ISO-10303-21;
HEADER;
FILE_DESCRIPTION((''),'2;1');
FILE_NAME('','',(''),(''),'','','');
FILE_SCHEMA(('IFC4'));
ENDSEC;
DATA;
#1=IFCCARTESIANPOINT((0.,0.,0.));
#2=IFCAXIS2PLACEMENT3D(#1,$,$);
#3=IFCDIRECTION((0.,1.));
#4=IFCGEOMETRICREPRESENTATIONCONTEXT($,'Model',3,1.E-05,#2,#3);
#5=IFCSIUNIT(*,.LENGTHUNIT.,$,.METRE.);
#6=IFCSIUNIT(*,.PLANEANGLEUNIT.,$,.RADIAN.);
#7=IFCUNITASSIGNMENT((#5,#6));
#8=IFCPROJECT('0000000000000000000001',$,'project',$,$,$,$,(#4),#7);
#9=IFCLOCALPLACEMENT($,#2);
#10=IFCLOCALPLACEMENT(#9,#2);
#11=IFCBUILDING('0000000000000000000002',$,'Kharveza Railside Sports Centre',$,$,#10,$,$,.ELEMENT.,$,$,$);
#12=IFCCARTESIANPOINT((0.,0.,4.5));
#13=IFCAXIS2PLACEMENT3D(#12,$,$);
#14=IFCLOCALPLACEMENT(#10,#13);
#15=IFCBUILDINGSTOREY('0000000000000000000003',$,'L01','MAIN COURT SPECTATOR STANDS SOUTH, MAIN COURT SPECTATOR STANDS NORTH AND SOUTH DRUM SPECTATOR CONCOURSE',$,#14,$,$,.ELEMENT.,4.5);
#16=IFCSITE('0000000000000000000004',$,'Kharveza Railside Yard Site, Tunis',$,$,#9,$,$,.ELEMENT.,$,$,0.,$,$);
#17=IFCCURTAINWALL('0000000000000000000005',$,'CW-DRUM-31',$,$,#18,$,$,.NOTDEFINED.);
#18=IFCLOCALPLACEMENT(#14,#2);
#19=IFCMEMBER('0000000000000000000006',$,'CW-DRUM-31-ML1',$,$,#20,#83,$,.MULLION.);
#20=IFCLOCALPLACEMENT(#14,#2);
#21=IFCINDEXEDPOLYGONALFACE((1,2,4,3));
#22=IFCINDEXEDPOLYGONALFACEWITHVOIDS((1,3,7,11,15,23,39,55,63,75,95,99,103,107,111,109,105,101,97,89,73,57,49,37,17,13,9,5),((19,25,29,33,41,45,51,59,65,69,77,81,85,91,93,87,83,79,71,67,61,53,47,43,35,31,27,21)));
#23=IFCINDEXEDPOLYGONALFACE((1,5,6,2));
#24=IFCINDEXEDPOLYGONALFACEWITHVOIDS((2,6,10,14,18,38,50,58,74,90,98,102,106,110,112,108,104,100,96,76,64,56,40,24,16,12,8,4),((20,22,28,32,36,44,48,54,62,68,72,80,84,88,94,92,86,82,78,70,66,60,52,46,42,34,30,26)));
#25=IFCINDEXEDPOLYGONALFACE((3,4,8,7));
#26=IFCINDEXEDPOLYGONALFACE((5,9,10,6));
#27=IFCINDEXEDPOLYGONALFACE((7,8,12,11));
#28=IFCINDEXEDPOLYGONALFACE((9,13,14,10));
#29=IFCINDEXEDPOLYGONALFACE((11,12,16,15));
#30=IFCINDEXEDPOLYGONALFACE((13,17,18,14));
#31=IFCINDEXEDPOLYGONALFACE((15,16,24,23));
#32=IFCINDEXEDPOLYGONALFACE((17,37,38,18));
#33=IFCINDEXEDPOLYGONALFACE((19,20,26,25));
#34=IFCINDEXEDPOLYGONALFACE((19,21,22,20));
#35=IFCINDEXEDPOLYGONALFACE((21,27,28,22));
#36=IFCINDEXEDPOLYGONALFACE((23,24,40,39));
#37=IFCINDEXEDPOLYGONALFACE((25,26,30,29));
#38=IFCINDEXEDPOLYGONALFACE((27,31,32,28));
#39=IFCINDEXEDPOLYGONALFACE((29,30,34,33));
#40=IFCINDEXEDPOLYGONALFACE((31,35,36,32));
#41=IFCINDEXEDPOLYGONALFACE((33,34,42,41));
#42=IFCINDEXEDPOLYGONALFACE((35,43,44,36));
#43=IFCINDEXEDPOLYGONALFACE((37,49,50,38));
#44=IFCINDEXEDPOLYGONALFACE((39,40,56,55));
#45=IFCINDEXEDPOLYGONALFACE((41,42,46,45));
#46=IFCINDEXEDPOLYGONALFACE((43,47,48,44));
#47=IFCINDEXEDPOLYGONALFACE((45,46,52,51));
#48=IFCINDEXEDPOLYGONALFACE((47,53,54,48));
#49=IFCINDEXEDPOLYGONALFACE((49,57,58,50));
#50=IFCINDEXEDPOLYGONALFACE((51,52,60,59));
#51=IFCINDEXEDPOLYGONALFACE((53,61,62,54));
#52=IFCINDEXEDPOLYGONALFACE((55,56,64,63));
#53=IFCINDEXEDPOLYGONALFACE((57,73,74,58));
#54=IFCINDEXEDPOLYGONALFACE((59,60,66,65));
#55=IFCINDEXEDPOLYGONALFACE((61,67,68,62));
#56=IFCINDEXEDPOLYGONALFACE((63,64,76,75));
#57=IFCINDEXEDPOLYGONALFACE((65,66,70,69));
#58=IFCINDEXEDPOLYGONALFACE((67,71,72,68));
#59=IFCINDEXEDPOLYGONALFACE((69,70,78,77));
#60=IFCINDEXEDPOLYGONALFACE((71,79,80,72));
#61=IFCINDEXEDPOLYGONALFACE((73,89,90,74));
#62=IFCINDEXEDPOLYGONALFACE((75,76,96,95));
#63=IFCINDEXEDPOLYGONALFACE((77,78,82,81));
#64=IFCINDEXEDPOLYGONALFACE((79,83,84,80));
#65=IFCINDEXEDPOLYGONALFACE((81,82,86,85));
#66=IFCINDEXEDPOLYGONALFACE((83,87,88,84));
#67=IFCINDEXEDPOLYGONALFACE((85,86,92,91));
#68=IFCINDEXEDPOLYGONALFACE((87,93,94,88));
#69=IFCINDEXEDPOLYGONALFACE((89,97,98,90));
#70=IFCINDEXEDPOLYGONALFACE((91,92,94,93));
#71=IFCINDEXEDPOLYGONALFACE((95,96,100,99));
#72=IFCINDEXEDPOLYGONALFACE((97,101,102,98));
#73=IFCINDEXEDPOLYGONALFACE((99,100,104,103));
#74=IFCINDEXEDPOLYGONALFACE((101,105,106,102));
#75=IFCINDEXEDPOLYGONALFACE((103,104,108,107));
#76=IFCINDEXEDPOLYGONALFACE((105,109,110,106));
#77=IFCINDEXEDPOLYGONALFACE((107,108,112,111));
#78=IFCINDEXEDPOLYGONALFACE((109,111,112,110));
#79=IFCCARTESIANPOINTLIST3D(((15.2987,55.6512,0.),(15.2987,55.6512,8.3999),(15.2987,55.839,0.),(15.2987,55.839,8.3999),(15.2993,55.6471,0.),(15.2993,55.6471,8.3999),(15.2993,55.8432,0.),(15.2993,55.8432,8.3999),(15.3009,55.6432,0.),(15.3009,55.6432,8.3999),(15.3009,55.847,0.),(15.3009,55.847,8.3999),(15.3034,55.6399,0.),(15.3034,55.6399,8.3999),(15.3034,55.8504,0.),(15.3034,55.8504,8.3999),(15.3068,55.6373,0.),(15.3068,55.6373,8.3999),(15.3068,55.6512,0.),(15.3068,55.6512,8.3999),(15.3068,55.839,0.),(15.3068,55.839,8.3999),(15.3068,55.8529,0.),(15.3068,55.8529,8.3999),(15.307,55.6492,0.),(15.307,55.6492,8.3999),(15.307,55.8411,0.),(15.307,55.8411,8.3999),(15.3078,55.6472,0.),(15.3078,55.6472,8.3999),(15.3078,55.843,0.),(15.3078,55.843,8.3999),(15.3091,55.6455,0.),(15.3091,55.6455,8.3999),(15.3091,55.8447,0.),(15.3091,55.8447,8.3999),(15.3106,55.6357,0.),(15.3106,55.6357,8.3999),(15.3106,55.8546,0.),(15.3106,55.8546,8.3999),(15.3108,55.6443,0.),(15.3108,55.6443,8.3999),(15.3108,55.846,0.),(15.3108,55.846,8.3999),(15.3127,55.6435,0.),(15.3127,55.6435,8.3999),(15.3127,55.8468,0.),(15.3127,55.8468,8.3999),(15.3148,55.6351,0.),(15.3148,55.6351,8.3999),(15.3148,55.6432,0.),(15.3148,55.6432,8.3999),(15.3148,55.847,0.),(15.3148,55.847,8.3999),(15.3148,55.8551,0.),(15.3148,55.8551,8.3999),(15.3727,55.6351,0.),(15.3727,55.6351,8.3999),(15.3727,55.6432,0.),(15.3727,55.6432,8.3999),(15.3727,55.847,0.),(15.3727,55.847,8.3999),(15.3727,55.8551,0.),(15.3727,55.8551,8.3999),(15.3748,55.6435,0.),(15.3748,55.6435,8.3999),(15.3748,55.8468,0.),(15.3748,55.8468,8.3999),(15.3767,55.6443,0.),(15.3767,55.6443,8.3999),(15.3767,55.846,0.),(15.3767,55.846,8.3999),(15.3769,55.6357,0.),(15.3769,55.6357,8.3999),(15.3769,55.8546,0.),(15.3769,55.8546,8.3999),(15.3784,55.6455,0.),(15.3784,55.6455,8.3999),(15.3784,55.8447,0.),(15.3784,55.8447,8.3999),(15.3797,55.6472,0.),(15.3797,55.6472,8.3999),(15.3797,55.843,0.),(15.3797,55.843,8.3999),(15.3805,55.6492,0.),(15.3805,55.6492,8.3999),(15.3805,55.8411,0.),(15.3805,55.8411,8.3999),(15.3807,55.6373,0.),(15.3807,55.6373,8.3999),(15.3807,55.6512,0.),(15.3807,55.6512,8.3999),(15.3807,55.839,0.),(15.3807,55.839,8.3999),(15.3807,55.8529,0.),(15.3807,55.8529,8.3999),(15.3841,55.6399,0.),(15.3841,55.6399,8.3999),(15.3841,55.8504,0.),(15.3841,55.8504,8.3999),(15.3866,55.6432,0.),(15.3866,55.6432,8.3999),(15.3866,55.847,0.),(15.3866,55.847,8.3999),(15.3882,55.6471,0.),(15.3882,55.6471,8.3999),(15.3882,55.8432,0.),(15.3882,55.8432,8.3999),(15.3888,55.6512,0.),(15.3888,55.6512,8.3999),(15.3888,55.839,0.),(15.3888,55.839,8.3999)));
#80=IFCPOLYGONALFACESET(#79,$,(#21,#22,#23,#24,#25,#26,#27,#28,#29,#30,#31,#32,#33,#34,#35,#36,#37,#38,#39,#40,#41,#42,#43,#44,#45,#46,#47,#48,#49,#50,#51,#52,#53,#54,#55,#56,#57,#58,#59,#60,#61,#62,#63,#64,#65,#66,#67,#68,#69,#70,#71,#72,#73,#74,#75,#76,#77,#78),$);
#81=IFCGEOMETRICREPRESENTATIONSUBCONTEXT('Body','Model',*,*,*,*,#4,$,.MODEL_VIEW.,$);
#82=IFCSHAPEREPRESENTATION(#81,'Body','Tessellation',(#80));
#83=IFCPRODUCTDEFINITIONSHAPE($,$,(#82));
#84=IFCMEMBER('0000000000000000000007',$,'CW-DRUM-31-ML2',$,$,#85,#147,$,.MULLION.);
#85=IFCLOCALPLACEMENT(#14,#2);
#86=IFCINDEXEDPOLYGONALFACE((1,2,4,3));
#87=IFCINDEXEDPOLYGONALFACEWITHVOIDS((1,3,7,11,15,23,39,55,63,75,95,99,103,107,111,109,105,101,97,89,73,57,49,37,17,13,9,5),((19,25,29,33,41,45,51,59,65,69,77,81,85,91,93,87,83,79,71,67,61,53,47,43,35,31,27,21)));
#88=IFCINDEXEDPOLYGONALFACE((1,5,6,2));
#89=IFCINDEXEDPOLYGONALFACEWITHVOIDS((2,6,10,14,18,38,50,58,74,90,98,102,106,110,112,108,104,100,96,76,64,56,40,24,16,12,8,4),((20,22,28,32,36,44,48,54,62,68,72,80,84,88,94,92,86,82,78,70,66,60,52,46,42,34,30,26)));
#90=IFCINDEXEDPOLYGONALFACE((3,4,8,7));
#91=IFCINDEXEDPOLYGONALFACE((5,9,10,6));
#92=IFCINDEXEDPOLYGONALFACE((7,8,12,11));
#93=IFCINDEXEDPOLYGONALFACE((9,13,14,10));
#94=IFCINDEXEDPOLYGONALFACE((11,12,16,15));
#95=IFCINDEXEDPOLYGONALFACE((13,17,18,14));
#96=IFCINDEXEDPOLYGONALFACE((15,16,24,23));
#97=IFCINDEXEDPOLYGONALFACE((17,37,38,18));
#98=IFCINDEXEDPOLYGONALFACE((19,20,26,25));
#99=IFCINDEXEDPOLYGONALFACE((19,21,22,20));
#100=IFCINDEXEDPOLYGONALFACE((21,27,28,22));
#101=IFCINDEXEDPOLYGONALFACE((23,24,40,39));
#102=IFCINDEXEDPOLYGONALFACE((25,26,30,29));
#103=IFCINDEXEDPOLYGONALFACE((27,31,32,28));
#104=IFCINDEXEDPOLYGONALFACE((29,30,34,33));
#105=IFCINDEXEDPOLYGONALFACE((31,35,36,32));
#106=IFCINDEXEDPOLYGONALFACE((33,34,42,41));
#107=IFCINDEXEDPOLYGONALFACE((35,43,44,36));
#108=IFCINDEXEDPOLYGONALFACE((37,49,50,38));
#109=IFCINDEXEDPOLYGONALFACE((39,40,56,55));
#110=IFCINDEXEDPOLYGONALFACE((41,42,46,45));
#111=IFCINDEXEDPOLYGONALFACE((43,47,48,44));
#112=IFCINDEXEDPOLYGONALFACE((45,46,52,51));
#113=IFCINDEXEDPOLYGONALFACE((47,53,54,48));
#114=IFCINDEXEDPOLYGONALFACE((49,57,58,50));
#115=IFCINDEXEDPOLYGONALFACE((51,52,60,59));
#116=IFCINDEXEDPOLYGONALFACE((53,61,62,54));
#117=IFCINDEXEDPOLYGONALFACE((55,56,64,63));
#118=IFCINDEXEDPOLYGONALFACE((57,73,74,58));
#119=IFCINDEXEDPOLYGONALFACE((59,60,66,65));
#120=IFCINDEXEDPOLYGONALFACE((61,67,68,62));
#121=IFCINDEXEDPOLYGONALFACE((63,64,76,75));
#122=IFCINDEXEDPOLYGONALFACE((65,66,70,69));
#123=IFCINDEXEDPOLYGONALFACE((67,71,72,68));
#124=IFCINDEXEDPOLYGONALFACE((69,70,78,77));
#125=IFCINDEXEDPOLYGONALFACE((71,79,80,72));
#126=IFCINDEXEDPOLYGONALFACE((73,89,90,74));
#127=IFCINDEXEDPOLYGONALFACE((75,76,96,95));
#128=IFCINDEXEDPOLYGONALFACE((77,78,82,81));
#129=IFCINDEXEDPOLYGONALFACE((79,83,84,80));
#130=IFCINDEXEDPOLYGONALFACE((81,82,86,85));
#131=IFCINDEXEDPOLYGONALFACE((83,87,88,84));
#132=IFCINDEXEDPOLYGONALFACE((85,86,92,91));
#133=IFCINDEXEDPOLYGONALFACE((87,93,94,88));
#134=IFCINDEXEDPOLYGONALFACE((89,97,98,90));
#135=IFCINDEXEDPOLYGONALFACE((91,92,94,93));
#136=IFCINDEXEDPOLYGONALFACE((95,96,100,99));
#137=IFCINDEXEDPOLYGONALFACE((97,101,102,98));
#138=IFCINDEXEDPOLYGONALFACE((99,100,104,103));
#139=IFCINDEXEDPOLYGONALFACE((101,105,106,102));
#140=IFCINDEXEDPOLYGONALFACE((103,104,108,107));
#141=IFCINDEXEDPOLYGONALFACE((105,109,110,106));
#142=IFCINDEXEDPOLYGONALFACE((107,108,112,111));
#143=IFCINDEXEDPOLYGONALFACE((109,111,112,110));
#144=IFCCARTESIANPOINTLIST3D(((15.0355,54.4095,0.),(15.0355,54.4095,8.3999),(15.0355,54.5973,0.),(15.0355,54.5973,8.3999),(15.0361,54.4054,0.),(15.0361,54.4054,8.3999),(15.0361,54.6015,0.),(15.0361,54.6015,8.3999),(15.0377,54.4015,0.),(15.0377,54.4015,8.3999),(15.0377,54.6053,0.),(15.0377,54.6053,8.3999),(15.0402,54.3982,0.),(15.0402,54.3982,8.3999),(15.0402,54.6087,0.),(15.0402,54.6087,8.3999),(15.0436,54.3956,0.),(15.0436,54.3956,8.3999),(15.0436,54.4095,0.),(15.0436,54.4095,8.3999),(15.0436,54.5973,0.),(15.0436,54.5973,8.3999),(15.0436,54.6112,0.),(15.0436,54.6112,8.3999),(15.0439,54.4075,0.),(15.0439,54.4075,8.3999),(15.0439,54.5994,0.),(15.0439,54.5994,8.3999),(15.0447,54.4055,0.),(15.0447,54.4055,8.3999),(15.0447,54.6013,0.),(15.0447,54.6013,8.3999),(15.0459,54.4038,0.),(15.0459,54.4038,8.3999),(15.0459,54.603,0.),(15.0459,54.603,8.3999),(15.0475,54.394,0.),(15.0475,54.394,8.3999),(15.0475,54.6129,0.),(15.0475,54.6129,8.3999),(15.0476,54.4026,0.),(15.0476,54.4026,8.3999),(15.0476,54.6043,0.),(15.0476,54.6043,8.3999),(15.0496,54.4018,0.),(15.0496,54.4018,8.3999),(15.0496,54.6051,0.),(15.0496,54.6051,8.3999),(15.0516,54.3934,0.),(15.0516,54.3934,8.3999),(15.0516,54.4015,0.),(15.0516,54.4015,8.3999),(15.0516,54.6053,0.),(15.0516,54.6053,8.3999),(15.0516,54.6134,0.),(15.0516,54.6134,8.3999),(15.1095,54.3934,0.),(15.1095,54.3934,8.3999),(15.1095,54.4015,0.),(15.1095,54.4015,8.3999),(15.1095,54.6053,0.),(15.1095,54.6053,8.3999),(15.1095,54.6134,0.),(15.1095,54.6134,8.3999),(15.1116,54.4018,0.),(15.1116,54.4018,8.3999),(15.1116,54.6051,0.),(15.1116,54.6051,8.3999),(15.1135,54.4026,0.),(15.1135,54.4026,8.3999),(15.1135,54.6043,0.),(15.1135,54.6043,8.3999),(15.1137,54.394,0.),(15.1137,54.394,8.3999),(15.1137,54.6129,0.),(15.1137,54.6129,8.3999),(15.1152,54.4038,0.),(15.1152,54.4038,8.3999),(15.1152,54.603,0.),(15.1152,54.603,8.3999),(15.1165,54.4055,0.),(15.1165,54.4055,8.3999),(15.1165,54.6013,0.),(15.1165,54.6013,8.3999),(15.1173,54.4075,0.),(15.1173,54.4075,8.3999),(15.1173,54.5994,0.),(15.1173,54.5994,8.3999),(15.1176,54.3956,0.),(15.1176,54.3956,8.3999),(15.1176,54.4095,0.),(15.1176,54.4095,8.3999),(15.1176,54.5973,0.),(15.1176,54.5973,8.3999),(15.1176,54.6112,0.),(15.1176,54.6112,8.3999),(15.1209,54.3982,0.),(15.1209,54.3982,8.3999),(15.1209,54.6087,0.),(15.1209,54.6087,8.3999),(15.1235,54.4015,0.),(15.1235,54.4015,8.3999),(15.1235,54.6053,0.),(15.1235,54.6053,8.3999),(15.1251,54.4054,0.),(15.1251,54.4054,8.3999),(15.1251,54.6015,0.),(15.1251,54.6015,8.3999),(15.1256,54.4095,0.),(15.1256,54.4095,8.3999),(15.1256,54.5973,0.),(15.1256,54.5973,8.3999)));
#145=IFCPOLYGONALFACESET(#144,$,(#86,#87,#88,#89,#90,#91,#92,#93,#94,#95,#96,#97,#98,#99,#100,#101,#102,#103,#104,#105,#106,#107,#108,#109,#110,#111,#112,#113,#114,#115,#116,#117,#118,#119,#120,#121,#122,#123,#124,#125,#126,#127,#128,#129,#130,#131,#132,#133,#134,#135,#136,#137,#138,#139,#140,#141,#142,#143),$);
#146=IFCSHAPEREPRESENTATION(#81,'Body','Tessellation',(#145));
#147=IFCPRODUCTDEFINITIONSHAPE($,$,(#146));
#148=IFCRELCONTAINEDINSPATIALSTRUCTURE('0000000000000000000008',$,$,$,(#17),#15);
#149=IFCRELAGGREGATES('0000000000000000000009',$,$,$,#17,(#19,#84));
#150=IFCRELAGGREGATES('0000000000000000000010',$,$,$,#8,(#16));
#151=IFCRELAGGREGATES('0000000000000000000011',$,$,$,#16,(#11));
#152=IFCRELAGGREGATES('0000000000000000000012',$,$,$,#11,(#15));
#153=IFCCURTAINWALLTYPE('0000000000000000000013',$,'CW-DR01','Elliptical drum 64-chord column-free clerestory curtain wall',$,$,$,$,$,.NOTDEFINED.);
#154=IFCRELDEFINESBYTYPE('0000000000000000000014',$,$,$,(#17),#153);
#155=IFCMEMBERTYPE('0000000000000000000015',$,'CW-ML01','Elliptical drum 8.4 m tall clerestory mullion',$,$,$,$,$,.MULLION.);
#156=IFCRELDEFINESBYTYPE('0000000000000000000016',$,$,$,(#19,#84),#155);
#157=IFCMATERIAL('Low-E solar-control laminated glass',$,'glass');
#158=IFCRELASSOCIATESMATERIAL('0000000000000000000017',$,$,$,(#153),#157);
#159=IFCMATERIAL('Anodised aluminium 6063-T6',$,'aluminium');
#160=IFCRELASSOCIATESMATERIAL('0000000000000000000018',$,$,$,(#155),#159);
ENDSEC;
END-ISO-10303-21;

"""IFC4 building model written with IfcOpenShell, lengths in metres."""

from ifc_helpers import new_model, si_unit, direction, frame, origin, origin_2d, place, context, subcontext, project, spatial, hollow_rectangle, extrude, material, material_profile, profile_set, type_object, element, aggregate, save


model = new_model("IFC4")

# Units and contexts
model_context = context("Model", 3, precision=1e-05, world=origin(), true_north=direction((0.0, 1.0)))
body_context = subcontext(model_context, "Body", "Model", "MODEL_VIEW")
ifc_project = project(units=[si_unit("LENGTHUNIT", "METRE"), si_unit("PLANEANGLEUNIT", "RADIAN")], contexts=[model_context])

# Site, building, storey
site_placement = place(None, origin())
site = spatial("IfcSite", under=ifc_project, at=site_placement, Name="Kharveza Railside Yard Site, Tunis", CompositionType="ELEMENT", RefElevation=0.0)
building_placement = place(site_placement, origin())
building = spatial("IfcBuilding", under=site, at=building_placement, Name="Kharveza Railside Sports Centre", CompositionType="ELEMENT")
storey_placement = place(building_placement, frame((0.0, 0.0, 4.5)))
storey = spatial("IfcBuildingStorey", under=building, at=storey_placement, Name="L01", Description="MAIN COURT SPECTATOR STANDS SOUTH, MAIN COURT SPECTATOR STANDS NORTH AND SOUTH DRUM SPECTATOR CONCOURSE", CompositionType="ELEMENT", Elevation=4.5)

# Shared definitions
ifc_material_1 = material(Name="Low-E solar-control laminated glass", Category="glass")
curtain_wall_type = type_object("IfcCurtainWallType", Name="CW-DR01", Description="Elliptical drum 64-chord column-free clerestory curtain wall", PredefinedType="NOTDEFINED", material=ifc_material_1)
ifc_material_2 = material(Name="Anodised aluminium 6063-T6", Category="aluminium")
ifc_material_profile_1 = material_profile(ifc_material_2, hollow_rectangle(XDim=0.0901, YDim=0.22, WallThickness=0.0081, InnerFilletRadius=0.0081, OuterFilletRadius=0.0161, at=origin_2d()), Name="RHS 90x220x8.0")
ifc_profile_set_1 = profile_set([ifc_material_profile_1], Name="Anodised aluminium 6063-T6")
member_type_1 = type_object("IfcMemberType", Name="CW-ML01", Description="Elliptical drum 8.4 m tall clerestory mullion", PredefinedType="MULLION", material=ifc_profile_set_1)

# Curtain wall, members
curtain_wall_1_placement = place(storey_placement, origin())
curtain_wall_1 = element("IfcCurtainWall", 1, at=curtain_wall_1_placement, inside=storey, type_object=curtain_wall_type, Name="CW-DRUM-31", PredefinedType="NOTDEFINED")
member_1_placement = place(storey_placement, frame((15.3438, 55.7451, 0.0), z_axis=(0.0, 0.0, 1.0), x_axis=(1.0, 0.0, 0.0)))
member_1 = element("IfcMember", 2, at=member_1_placement, type_object=member_type_1, Name="CW-DRUM-31-ML1", PredefinedType="MULLION", context=body_context, shape_type="SweptSolid", body=[
    extrude(hollow_rectangle(XDim=0.0901, YDim=0.22, WallThickness=0.0081, InnerFilletRadius=0.0081, OuterFilletRadius=0.0161, at=origin_2d()), origin(), (0.0, 0.0, 1.0), 8.3999),
])
member_2_placement = place(storey_placement, frame((15.0806, 54.5034, 0.0), z_axis=(0.0, 0.0, 1.0), x_axis=(1.0, 0.0, 0.0)))
member_2 = element("IfcMember", 3, at=member_2_placement, type_object=member_type_1, Name="CW-DRUM-31-ML2", PredefinedType="MULLION", context=body_context, shape_type="SweptSolid", body=[
    extrude(hollow_rectangle(XDim=0.0901, YDim=0.22, WallThickness=0.0081, InnerFilletRadius=0.0081, OuterFilletRadius=0.0161, at=origin_2d()), origin(), (0.0, 0.0, 1.0), 8.3999),
])

aggregate(curtain_wall_1, [member_1, member_2])

save(model, "model.ifc")
